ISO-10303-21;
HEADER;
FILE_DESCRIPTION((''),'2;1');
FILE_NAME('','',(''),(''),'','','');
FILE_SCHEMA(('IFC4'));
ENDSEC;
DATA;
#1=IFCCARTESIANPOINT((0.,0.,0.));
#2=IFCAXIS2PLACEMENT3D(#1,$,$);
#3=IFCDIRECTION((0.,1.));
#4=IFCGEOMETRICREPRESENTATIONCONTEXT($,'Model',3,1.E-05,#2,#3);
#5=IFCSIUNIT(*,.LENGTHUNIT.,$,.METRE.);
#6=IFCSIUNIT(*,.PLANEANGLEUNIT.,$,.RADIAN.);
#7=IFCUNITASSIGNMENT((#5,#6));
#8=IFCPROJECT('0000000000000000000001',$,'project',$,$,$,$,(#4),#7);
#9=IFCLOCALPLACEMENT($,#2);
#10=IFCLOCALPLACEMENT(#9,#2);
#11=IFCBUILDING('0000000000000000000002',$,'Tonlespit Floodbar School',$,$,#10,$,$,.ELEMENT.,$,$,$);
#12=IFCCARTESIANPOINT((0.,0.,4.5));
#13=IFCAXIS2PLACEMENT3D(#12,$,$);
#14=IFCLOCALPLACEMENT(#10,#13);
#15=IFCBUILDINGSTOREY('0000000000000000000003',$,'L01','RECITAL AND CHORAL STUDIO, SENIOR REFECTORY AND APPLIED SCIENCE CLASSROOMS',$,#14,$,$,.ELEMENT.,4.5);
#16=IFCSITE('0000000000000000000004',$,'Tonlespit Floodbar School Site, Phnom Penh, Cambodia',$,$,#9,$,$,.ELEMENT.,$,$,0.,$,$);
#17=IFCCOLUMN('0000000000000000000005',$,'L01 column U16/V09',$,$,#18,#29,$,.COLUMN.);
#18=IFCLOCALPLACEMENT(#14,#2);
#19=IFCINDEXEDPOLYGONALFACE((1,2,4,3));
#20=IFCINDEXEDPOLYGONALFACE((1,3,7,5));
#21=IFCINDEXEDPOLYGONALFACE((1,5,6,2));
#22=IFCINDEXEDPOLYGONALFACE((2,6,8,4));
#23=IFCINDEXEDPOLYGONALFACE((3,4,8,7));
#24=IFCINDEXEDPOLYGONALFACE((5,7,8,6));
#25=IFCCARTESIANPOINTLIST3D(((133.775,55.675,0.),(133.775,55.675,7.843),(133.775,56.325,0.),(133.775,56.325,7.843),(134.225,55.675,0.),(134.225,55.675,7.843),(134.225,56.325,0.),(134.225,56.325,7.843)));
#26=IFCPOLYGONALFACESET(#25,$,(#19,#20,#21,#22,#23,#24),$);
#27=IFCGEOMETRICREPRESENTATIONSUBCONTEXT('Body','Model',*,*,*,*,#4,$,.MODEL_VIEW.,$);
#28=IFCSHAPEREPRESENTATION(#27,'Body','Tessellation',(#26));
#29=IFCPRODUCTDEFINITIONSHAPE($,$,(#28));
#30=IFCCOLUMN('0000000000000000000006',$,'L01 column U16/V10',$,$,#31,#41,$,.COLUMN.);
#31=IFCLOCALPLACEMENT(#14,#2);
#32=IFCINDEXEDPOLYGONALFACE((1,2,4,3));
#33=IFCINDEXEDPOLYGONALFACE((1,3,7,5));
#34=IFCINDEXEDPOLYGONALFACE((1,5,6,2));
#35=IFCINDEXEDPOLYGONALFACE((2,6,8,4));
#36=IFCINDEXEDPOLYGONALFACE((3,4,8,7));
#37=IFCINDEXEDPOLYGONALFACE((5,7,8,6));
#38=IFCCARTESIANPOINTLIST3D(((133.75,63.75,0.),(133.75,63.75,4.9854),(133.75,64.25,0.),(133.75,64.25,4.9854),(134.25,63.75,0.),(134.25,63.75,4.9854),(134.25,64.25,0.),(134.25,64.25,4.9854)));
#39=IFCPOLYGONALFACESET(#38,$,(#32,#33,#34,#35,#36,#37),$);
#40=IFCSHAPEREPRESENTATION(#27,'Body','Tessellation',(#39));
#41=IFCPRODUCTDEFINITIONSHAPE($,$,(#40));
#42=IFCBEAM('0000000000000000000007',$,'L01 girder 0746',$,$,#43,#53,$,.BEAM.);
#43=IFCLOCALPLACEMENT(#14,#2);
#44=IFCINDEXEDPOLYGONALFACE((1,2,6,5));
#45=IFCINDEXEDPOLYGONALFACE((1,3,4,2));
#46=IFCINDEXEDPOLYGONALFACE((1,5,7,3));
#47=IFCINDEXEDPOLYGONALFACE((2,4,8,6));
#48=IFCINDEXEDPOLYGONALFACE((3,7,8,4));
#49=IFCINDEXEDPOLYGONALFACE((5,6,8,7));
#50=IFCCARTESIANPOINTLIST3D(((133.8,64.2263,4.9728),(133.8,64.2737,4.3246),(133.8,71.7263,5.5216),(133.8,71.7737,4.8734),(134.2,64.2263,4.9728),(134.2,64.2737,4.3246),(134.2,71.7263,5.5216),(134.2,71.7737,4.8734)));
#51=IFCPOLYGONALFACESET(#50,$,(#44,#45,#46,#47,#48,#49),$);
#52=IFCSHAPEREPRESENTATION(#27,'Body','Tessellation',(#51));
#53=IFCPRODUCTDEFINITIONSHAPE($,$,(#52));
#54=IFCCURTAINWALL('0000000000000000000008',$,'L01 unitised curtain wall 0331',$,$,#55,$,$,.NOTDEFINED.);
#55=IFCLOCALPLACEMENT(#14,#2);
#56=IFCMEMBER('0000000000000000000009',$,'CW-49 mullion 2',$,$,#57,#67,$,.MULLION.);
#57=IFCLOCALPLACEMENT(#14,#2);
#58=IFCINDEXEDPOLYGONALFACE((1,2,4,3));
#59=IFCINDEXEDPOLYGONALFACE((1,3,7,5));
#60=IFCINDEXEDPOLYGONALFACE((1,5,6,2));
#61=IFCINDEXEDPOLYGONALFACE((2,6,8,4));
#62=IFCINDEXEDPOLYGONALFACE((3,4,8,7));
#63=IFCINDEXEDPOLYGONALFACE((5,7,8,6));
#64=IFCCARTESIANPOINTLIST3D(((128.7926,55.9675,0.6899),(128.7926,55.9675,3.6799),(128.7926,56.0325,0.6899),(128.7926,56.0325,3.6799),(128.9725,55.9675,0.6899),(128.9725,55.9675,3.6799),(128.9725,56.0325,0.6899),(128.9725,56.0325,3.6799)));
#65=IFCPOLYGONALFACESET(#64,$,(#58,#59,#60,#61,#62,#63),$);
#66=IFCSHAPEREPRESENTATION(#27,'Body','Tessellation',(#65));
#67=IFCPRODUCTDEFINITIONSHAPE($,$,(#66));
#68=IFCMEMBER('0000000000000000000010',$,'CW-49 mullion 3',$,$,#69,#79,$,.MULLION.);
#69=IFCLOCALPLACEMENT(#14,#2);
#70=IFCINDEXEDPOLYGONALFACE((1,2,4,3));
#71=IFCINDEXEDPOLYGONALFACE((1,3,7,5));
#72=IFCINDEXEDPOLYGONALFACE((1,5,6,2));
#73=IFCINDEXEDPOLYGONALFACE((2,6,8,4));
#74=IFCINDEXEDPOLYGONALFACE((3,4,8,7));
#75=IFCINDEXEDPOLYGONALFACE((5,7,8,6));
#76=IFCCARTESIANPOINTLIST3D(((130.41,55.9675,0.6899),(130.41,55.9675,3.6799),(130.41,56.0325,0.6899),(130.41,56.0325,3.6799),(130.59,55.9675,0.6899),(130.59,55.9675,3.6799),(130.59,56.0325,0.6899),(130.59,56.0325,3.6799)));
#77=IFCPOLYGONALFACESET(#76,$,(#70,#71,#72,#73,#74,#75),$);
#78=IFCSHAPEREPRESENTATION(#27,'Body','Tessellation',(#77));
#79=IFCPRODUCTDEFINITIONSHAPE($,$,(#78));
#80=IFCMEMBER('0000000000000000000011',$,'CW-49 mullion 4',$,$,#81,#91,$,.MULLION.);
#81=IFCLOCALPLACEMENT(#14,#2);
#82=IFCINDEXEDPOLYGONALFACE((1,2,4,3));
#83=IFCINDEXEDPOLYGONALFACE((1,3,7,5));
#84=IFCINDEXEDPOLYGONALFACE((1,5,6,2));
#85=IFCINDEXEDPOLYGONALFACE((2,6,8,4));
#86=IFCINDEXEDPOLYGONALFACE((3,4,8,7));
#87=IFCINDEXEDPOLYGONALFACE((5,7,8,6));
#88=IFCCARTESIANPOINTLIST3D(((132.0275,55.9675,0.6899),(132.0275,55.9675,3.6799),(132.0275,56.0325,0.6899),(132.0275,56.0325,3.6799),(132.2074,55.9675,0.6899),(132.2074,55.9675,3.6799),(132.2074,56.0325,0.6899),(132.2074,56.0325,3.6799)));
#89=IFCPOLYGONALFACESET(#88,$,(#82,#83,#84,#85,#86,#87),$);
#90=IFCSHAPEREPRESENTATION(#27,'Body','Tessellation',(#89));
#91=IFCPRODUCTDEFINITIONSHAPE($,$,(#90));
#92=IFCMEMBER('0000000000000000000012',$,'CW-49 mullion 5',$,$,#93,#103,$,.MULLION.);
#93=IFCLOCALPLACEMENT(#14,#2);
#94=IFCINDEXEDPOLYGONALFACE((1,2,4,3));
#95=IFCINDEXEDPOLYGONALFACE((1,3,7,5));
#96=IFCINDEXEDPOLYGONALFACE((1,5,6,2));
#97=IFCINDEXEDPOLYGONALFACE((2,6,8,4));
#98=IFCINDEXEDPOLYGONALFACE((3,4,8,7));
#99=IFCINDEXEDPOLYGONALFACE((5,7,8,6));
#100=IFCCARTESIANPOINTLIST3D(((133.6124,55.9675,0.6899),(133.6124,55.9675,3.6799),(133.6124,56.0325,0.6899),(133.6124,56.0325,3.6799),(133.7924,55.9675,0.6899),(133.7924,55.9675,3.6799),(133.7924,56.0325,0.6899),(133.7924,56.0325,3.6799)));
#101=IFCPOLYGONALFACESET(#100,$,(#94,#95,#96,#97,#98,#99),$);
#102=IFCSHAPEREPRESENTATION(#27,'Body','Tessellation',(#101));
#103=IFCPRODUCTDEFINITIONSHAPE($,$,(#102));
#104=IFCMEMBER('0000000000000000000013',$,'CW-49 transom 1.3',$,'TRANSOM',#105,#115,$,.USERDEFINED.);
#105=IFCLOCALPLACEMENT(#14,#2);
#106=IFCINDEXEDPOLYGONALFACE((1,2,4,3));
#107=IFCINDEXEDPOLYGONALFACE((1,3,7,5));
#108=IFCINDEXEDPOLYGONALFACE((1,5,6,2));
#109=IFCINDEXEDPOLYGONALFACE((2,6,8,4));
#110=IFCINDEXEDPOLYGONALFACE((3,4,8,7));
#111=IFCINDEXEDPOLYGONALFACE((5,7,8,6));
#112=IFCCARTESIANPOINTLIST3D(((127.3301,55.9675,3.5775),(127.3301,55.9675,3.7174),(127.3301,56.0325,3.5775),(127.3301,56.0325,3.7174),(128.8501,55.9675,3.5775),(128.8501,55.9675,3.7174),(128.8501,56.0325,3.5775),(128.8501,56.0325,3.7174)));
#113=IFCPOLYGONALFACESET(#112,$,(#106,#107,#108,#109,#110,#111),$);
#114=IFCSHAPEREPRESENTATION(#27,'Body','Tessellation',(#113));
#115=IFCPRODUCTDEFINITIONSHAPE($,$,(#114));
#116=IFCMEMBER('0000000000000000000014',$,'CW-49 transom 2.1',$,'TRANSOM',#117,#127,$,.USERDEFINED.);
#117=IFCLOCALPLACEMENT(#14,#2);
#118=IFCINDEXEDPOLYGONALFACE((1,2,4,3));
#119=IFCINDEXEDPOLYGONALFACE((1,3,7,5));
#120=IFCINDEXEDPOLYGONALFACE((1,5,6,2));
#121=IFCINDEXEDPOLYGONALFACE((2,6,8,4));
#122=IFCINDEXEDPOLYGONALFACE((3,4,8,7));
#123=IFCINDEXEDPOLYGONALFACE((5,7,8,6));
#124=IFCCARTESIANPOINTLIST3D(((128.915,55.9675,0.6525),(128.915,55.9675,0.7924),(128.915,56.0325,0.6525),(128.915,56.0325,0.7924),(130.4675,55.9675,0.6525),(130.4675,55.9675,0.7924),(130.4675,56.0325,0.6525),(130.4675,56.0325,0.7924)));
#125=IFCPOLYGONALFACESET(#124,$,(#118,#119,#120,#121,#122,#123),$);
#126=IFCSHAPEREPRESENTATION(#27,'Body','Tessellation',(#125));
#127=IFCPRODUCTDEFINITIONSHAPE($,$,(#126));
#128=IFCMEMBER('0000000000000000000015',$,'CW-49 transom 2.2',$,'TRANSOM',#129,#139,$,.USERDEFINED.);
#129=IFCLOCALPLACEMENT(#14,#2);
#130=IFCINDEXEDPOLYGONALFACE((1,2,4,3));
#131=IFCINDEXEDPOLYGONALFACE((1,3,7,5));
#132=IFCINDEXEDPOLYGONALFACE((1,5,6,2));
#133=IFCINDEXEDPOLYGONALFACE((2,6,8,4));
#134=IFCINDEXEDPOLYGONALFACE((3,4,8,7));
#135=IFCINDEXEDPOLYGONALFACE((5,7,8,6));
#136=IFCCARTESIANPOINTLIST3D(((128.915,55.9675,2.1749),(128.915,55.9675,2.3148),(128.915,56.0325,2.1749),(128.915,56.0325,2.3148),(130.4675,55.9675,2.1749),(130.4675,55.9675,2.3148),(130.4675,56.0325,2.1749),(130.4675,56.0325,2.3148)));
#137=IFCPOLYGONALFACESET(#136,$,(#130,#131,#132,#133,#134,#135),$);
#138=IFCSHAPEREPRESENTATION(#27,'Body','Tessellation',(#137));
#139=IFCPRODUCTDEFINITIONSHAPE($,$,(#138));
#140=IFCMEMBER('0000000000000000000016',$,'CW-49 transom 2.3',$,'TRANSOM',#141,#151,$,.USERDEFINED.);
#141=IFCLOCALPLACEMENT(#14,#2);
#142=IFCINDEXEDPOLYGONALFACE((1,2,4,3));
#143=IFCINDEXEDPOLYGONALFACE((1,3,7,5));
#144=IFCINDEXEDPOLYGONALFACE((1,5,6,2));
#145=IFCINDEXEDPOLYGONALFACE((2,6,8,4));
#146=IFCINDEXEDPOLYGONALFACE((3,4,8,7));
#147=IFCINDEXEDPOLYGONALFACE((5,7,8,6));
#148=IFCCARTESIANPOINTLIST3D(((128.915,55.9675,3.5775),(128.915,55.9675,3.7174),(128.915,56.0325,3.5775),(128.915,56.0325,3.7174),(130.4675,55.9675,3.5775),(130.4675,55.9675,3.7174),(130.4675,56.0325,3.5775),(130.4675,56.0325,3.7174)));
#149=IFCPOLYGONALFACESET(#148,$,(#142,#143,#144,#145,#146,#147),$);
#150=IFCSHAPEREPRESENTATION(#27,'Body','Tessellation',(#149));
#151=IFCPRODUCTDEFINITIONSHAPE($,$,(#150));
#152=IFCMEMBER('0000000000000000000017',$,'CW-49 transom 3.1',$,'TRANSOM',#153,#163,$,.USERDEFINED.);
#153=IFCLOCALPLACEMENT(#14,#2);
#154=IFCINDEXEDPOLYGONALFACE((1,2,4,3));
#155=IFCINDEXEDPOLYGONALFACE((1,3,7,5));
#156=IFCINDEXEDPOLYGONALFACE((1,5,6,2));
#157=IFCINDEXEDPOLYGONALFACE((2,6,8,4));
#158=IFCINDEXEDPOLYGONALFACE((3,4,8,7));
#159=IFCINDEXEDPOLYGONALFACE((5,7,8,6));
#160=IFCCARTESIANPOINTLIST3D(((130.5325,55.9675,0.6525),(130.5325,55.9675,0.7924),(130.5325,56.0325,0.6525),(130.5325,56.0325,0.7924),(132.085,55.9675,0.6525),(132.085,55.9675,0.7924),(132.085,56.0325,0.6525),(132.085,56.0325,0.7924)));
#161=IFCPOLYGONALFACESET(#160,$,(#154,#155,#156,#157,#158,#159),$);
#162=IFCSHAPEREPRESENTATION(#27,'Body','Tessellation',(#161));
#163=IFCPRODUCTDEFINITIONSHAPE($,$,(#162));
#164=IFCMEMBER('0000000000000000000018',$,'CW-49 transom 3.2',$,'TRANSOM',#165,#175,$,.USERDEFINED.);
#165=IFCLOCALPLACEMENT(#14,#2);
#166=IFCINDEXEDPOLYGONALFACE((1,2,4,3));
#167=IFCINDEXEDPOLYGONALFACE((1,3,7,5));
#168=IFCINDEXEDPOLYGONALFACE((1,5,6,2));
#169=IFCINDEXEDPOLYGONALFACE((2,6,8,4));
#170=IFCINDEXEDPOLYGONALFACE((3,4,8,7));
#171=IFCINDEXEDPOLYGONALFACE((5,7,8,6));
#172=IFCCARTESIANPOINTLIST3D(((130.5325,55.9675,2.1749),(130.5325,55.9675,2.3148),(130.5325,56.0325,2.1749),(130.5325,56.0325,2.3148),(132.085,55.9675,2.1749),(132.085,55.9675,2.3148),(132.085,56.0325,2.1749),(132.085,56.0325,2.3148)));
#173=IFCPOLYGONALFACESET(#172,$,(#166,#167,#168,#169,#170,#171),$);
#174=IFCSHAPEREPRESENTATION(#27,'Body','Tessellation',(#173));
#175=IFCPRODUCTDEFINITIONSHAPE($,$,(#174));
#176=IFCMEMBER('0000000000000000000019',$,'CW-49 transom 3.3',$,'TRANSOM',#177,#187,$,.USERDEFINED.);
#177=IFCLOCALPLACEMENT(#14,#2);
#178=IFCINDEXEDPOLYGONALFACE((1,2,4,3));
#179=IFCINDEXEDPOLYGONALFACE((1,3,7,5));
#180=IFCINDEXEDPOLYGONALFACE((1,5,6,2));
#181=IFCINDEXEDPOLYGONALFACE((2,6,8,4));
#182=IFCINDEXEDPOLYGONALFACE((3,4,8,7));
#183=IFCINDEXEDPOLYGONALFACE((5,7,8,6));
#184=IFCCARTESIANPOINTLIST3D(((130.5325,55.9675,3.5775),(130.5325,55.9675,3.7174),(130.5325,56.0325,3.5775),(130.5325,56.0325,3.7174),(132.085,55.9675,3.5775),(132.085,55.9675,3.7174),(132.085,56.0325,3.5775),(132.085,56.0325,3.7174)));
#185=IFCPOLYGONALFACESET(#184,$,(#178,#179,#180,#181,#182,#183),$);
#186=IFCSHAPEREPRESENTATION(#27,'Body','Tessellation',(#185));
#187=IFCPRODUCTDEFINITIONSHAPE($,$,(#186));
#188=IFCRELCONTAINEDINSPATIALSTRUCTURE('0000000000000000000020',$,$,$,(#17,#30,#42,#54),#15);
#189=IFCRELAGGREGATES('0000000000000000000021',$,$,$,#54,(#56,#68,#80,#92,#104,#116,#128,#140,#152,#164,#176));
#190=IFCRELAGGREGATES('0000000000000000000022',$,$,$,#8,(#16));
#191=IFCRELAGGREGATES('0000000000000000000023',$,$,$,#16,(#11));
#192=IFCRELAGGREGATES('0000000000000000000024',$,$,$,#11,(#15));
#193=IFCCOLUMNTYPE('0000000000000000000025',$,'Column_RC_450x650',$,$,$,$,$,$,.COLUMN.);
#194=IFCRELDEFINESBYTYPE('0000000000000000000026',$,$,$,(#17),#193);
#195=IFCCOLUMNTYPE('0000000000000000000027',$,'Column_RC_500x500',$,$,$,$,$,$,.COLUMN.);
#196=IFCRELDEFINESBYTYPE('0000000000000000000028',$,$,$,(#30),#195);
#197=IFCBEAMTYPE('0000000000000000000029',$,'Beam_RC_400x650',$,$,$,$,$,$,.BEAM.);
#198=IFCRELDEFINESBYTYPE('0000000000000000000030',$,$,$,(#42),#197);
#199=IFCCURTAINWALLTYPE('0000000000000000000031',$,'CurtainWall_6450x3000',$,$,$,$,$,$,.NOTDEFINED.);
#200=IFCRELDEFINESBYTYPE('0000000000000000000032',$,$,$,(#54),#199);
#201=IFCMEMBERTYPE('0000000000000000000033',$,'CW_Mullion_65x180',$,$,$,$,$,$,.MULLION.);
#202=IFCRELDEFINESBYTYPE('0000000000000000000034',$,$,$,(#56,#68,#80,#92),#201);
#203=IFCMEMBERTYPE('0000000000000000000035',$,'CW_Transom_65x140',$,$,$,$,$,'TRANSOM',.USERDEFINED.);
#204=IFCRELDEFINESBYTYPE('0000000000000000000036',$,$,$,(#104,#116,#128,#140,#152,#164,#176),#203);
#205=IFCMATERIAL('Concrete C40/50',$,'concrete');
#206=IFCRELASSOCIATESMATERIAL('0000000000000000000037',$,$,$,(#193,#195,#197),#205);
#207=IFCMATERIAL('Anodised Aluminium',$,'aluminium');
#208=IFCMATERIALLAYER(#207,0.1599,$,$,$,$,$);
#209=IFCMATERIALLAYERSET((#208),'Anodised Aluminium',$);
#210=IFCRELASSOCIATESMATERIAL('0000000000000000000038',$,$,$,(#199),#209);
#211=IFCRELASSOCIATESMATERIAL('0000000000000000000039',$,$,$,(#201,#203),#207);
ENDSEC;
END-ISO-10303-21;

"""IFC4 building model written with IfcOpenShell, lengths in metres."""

from ifc_helpers import new_model, si_unit, direction, frame, origin, origin_2d, place, context, subcontext, project, spatial, rectangle, extrude, material, layer, layer_set, material_profile, profile_set, type_object, element, aggregate, save


model = new_model("IFC4")

# Units and contexts
model_context = context("Model", 3, precision=1e-05, world=origin(), true_north=direction((0.0, 1.0)))
body_context = subcontext(model_context, "Body", "Model", "MODEL_VIEW")
ifc_project = project(units=[si_unit("LENGTHUNIT", "METRE"), si_unit("PLANEANGLEUNIT", "RADIAN")], contexts=[model_context])

# Site, building, storey
site_placement = place(None, origin())
site = spatial("IfcSite", under=ifc_project, at=site_placement, Name="Tonlespit Floodbar School Site, Phnom Penh, Cambodia", CompositionType="ELEMENT", RefElevation=0.0)
building_placement = place(site_placement, origin())
building = spatial("IfcBuilding", under=site, at=building_placement, Name="Tonlespit Floodbar School", CompositionType="ELEMENT")
storey_placement = place(building_placement, frame((0.0, 0.0, 4.5)))
storey = spatial("IfcBuildingStorey", under=building, at=storey_placement, Name="L01", Description="RECITAL AND CHORAL STUDIO, SENIOR REFECTORY AND APPLIED SCIENCE CLASSROOMS", CompositionType="ELEMENT", Elevation=4.5)

# Columns
ifc_material_1 = material(Name="Concrete C40/50", Category="concrete")
ifc_material_profile_1 = material_profile(ifc_material_1, rectangle(XDim=0.45, YDim=0.6499, at=origin_2d()), Name="RC 450x650")
ifc_profile_set_1 = profile_set([ifc_material_profile_1], Name="Concrete C40/50")
column_type_1 = type_object("IfcColumnType", Name="Column_RC_450x650", PredefinedType="COLUMN", material=ifc_profile_set_1)
column_1_placement = place(storey_placement, frame((134.0, 56.0, 0.0), z_axis=(0.0, 0.0, 1.0), x_axis=(1.0, 0.0, 0.0)))
element("IfcColumn", 1, at=column_1_placement, inside=storey, type_object=column_type_1, Name="L01 column U16/V09", PredefinedType="COLUMN", context=body_context, shape_type="SweptSolid", body=[
    extrude(rectangle(XDim=0.45, YDim=0.6499, at=origin_2d()), origin(), (0.0, 0.0, 1.0), 7.843),
])
ifc_material_profile_2 = material_profile(ifc_material_1, rectangle(XDim=0.5, YDim=0.5, at=origin_2d()), Name="RC 500x500")
ifc_profile_set_2 = profile_set([ifc_material_profile_2], Name="Concrete C40/50")
column_type_2 = type_object("IfcColumnType", Name="Column_RC_500x500", PredefinedType="COLUMN", material=ifc_profile_set_2)
column_2_placement = place(storey_placement, frame((134.0, 64.0, 0.0), z_axis=(0.0, 0.0, 1.0), x_axis=(1.0, 0.0, 0.0)))
element("IfcColumn", 2, at=column_2_placement, inside=storey, type_object=column_type_2, Name="L01 column U16/V10", PredefinedType="COLUMN", context=body_context, shape_type="SweptSolid", body=[
    extrude(rectangle(XDim=0.5, YDim=0.5, at=origin_2d()), origin(), (0.0, 0.0, 1.0), 4.9854),
])

# Beam
ifc_material_profile_3 = material_profile(ifc_material_1, rectangle(XDim=0.3999, YDim=0.6499, at=origin_2d()), Name="RC 400x650")
ifc_profile_set_3 = profile_set([ifc_material_profile_3], Name="Concrete C40/50")
beam_type = type_object("IfcBeamType", Name="Beam_RC_400x650", PredefinedType="BEAM", material=ifc_profile_set_3)
beam_placement = place(storey_placement, frame((134.0, 64.25, 4.6487), z_axis=(0.0, 0.997333, 0.072982), x_axis=(-1.0, 0.0, 0.0)))
element("IfcBeam", 3, at=beam_placement, inside=storey, type_object=beam_type, Name="L01 girder 0746", PredefinedType="BEAM", context=body_context, shape_type="SweptSolid", body=[
    extrude(rectangle(XDim=0.3999, YDim=0.6499, at=origin_2d()), origin(), (0.0, 0.0, 1.0), 7.52),
])

# Curtain wall, members
ifc_material_2 = material(Name="Anodised Aluminium", Category="aluminium")
ifc_layer_1 = layer(ifc_material_2, 0.1599)
ifc_layer_set_1 = layer_set([ifc_layer_1], Name="Anodised Aluminium")
curtain_wall_type = type_object("IfcCurtainWallType", Name="CurtainWall_6450x3000", PredefinedType="NOTDEFINED", material=ifc_layer_set_1)
curtain_wall_placement = place(storey_placement, origin())
curtain_wall = element("IfcCurtainWall", 4, at=curtain_wall_placement, inside=storey, type_object=curtain_wall_type, Name="L01 unitised curtain wall 0331", PredefinedType="NOTDEFINED")
ifc_material_profile_4 = material_profile(ifc_material_2, rectangle(XDim=0.0649, YDim=0.1799, at=origin_2d()), Name="ALU M65x180")
ifc_profile_set_4 = profile_set([ifc_material_profile_4], Name="Anodised Aluminium")
member_type_1 = type_object("IfcMemberType", Name="CW_Mullion_65x180", PredefinedType="MULLION", material=ifc_profile_set_4)
member_1_placement = place(storey_placement, frame((128.8826, 56.0, 0.6899), z_axis=(0.0, 0.0, 1.0), x_axis=(0.0, 1.0, 0.0)))
member_1 = element("IfcMember", 5, at=member_1_placement, type_object=member_type_1, Name="CW-49 mullion 2", PredefinedType="MULLION", context=body_context, shape_type="SweptSolid", body=[
    extrude(rectangle(XDim=0.0649, YDim=0.1799, at=origin_2d()), origin(), (0.0, 0.0, 1.0), 2.99),
])
member_2_placement = place(storey_placement, frame((130.5, 56.0, 0.6899), z_axis=(0.0, 0.0, 1.0), x_axis=(0.0, 1.0, 0.0)))
member_2 = element("IfcMember", 6, at=member_2_placement, type_object=member_type_1, Name="CW-49 mullion 3", PredefinedType="MULLION", context=body_context, shape_type="SweptSolid", body=[
    extrude(rectangle(XDim=0.0649, YDim=0.1799, at=origin_2d()), origin(), (0.0, 0.0, 1.0), 2.99),
])
member_3_placement = place(storey_placement, frame((132.1174, 56.0, 0.6899), z_axis=(0.0, 0.0, 1.0), x_axis=(0.0, 1.0, 0.0)))
member_3 = element("IfcMember", 7, at=member_3_placement, type_object=member_type_1, Name="CW-49 mullion 4", PredefinedType="MULLION", context=body_context, shape_type="SweptSolid", body=[
    extrude(rectangle(XDim=0.0649, YDim=0.1799, at=origin_2d()), origin(), (0.0, 0.0, 1.0), 2.99),
])
member_4_placement = place(storey_placement, frame((133.7024, 56.0, 0.6899), z_axis=(0.0, 0.0, 1.0), x_axis=(0.0, 1.0, 0.0)))
member_4 = element("IfcMember", 8, at=member_4_placement, type_object=member_type_1, Name="CW-49 mullion 5", PredefinedType="MULLION", context=body_context, shape_type="SweptSolid", body=[
    extrude(rectangle(XDim=0.0649, YDim=0.1799, at=origin_2d()), origin(), (0.0, 0.0, 1.0), 2.99),
])
ifc_material_profile_5 = material_profile(ifc_material_2, rectangle(XDim=0.0649, YDim=0.1399, at=origin_2d()), Name="ALU T65x140")
ifc_profile_set_5 = profile_set([ifc_material_profile_5], Name="Anodised Aluminium")
member_type_2 = type_object("IfcMemberType", Name="CW_Transom_65x140", ElementType="TRANSOM", PredefinedType="USERDEFINED", material=ifc_profile_set_5)
member_5_placement = place(storey_placement, frame((127.3301, 56.0, 3.6475), z_axis=(1.0, 0.0, 0.0), x_axis=(0.0, 1.0, 0.0)))
member_5 = element("IfcMember", 9, at=member_5_placement, type_object=member_type_2, Name="CW-49 transom 1.3", ObjectType="TRANSOM", PredefinedType="USERDEFINED", context=body_context, shape_type="SweptSolid", body=[
    extrude(rectangle(XDim=0.0649, YDim=0.1399, at=origin_2d()), origin(), (0.0, 0.0, 1.0), 1.52),
])
member_6_placement = place(storey_placement, frame((128.915, 56.0, 0.7224), z_axis=(1.0, 0.0, 0.0), x_axis=(0.0, 1.0, 0.0)))
member_6 = element("IfcMember", 10, at=member_6_placement, type_object=member_type_2, Name="CW-49 transom 2.1", ObjectType="TRANSOM", PredefinedType="USERDEFINED", context=body_context, shape_type="SweptSolid", body=[
    extrude(rectangle(XDim=0.0649, YDim=0.1399, at=origin_2d()), origin(), (0.0, 0.0, 1.0), 1.5525),
])
member_7_placement = place(storey_placement, frame((128.915, 56.0, 2.2449), z_axis=(1.0, 0.0, 0.0), x_axis=(0.0, 1.0, 0.0)))
member_7 = element("IfcMember", 11, at=member_7_placement, type_object=member_type_2, Name="CW-49 transom 2.2", ObjectType="TRANSOM", PredefinedType="USERDEFINED", context=body_context, shape_type="SweptSolid", body=[
    extrude(rectangle(XDim=0.0649, YDim=0.1399, at=origin_2d()), origin(), (0.0, 0.0, 1.0), 1.5525),
])
member_8_placement = place(storey_placement, frame((128.915, 56.0, 3.6475), z_axis=(1.0, 0.0, 0.0), x_axis=(0.0, 1.0, 0.0)))
member_8 = element("IfcMember", 12, at=member_8_placement, type_object=member_type_2, Name="CW-49 transom 2.3", ObjectType="TRANSOM", PredefinedType="USERDEFINED", context=body_context, shape_type="SweptSolid", body=[
    extrude(rectangle(XDim=0.0649, YDim=0.1399, at=origin_2d()), origin(), (0.0, 0.0, 1.0), 1.5525),
])
member_9_placement = place(storey_placement, frame((130.5325, 56.0, 0.7224), z_axis=(1.0, 0.0, 0.0), x_axis=(0.0, 1.0, 0.0)))
member_9 = element("IfcMember", 13, at=member_9_placement, type_object=member_type_2, Name="CW-49 transom 3.1", ObjectType="TRANSOM", PredefinedType="USERDEFINED", context=body_context, shape_type="SweptSolid", body=[
    extrude(rectangle(XDim=0.0649, YDim=0.1399, at=origin_2d()), origin(), (0.0, 0.0, 1.0), 1.5525),
])
member_10_placement = place(storey_placement, frame((130.5325, 56.0, 2.2449), z_axis=(1.0, 0.0, 0.0), x_axis=(0.0, 1.0, 0.0)))
member_10 = element("IfcMember", 14, at=member_10_placement, type_object=member_type_2, Name="CW-49 transom 3.2", ObjectType="TRANSOM", PredefinedType="USERDEFINED", context=body_context, shape_type="SweptSolid", body=[
    extrude(rectangle(XDim=0.0649, YDim=0.1399, at=origin_2d()), origin(), (0.0, 0.0, 1.0), 1.5525),
])
member_11_placement = place(storey_placement, frame((130.5325, 56.0, 3.6475), z_axis=(1.0, 0.0, 0.0), x_axis=(0.0, 1.0, 0.0)))
member_11 = element("IfcMember", 15, at=member_11_placement, type_object=member_type_2, Name="CW-49 transom 3.3", ObjectType="TRANSOM", PredefinedType="USERDEFINED", context=body_context, shape_type="SweptSolid", body=[
    extrude(rectangle(XDim=0.0649, YDim=0.1399, at=origin_2d()), origin(), (0.0, 0.0, 1.0), 1.5525),
])
aggregate(curtain_wall, [member_1, member_2, member_3, member_4, member_5, member_6, member_7, member_8, member_9, member_10, member_11])

save(model, "model.ifc")
